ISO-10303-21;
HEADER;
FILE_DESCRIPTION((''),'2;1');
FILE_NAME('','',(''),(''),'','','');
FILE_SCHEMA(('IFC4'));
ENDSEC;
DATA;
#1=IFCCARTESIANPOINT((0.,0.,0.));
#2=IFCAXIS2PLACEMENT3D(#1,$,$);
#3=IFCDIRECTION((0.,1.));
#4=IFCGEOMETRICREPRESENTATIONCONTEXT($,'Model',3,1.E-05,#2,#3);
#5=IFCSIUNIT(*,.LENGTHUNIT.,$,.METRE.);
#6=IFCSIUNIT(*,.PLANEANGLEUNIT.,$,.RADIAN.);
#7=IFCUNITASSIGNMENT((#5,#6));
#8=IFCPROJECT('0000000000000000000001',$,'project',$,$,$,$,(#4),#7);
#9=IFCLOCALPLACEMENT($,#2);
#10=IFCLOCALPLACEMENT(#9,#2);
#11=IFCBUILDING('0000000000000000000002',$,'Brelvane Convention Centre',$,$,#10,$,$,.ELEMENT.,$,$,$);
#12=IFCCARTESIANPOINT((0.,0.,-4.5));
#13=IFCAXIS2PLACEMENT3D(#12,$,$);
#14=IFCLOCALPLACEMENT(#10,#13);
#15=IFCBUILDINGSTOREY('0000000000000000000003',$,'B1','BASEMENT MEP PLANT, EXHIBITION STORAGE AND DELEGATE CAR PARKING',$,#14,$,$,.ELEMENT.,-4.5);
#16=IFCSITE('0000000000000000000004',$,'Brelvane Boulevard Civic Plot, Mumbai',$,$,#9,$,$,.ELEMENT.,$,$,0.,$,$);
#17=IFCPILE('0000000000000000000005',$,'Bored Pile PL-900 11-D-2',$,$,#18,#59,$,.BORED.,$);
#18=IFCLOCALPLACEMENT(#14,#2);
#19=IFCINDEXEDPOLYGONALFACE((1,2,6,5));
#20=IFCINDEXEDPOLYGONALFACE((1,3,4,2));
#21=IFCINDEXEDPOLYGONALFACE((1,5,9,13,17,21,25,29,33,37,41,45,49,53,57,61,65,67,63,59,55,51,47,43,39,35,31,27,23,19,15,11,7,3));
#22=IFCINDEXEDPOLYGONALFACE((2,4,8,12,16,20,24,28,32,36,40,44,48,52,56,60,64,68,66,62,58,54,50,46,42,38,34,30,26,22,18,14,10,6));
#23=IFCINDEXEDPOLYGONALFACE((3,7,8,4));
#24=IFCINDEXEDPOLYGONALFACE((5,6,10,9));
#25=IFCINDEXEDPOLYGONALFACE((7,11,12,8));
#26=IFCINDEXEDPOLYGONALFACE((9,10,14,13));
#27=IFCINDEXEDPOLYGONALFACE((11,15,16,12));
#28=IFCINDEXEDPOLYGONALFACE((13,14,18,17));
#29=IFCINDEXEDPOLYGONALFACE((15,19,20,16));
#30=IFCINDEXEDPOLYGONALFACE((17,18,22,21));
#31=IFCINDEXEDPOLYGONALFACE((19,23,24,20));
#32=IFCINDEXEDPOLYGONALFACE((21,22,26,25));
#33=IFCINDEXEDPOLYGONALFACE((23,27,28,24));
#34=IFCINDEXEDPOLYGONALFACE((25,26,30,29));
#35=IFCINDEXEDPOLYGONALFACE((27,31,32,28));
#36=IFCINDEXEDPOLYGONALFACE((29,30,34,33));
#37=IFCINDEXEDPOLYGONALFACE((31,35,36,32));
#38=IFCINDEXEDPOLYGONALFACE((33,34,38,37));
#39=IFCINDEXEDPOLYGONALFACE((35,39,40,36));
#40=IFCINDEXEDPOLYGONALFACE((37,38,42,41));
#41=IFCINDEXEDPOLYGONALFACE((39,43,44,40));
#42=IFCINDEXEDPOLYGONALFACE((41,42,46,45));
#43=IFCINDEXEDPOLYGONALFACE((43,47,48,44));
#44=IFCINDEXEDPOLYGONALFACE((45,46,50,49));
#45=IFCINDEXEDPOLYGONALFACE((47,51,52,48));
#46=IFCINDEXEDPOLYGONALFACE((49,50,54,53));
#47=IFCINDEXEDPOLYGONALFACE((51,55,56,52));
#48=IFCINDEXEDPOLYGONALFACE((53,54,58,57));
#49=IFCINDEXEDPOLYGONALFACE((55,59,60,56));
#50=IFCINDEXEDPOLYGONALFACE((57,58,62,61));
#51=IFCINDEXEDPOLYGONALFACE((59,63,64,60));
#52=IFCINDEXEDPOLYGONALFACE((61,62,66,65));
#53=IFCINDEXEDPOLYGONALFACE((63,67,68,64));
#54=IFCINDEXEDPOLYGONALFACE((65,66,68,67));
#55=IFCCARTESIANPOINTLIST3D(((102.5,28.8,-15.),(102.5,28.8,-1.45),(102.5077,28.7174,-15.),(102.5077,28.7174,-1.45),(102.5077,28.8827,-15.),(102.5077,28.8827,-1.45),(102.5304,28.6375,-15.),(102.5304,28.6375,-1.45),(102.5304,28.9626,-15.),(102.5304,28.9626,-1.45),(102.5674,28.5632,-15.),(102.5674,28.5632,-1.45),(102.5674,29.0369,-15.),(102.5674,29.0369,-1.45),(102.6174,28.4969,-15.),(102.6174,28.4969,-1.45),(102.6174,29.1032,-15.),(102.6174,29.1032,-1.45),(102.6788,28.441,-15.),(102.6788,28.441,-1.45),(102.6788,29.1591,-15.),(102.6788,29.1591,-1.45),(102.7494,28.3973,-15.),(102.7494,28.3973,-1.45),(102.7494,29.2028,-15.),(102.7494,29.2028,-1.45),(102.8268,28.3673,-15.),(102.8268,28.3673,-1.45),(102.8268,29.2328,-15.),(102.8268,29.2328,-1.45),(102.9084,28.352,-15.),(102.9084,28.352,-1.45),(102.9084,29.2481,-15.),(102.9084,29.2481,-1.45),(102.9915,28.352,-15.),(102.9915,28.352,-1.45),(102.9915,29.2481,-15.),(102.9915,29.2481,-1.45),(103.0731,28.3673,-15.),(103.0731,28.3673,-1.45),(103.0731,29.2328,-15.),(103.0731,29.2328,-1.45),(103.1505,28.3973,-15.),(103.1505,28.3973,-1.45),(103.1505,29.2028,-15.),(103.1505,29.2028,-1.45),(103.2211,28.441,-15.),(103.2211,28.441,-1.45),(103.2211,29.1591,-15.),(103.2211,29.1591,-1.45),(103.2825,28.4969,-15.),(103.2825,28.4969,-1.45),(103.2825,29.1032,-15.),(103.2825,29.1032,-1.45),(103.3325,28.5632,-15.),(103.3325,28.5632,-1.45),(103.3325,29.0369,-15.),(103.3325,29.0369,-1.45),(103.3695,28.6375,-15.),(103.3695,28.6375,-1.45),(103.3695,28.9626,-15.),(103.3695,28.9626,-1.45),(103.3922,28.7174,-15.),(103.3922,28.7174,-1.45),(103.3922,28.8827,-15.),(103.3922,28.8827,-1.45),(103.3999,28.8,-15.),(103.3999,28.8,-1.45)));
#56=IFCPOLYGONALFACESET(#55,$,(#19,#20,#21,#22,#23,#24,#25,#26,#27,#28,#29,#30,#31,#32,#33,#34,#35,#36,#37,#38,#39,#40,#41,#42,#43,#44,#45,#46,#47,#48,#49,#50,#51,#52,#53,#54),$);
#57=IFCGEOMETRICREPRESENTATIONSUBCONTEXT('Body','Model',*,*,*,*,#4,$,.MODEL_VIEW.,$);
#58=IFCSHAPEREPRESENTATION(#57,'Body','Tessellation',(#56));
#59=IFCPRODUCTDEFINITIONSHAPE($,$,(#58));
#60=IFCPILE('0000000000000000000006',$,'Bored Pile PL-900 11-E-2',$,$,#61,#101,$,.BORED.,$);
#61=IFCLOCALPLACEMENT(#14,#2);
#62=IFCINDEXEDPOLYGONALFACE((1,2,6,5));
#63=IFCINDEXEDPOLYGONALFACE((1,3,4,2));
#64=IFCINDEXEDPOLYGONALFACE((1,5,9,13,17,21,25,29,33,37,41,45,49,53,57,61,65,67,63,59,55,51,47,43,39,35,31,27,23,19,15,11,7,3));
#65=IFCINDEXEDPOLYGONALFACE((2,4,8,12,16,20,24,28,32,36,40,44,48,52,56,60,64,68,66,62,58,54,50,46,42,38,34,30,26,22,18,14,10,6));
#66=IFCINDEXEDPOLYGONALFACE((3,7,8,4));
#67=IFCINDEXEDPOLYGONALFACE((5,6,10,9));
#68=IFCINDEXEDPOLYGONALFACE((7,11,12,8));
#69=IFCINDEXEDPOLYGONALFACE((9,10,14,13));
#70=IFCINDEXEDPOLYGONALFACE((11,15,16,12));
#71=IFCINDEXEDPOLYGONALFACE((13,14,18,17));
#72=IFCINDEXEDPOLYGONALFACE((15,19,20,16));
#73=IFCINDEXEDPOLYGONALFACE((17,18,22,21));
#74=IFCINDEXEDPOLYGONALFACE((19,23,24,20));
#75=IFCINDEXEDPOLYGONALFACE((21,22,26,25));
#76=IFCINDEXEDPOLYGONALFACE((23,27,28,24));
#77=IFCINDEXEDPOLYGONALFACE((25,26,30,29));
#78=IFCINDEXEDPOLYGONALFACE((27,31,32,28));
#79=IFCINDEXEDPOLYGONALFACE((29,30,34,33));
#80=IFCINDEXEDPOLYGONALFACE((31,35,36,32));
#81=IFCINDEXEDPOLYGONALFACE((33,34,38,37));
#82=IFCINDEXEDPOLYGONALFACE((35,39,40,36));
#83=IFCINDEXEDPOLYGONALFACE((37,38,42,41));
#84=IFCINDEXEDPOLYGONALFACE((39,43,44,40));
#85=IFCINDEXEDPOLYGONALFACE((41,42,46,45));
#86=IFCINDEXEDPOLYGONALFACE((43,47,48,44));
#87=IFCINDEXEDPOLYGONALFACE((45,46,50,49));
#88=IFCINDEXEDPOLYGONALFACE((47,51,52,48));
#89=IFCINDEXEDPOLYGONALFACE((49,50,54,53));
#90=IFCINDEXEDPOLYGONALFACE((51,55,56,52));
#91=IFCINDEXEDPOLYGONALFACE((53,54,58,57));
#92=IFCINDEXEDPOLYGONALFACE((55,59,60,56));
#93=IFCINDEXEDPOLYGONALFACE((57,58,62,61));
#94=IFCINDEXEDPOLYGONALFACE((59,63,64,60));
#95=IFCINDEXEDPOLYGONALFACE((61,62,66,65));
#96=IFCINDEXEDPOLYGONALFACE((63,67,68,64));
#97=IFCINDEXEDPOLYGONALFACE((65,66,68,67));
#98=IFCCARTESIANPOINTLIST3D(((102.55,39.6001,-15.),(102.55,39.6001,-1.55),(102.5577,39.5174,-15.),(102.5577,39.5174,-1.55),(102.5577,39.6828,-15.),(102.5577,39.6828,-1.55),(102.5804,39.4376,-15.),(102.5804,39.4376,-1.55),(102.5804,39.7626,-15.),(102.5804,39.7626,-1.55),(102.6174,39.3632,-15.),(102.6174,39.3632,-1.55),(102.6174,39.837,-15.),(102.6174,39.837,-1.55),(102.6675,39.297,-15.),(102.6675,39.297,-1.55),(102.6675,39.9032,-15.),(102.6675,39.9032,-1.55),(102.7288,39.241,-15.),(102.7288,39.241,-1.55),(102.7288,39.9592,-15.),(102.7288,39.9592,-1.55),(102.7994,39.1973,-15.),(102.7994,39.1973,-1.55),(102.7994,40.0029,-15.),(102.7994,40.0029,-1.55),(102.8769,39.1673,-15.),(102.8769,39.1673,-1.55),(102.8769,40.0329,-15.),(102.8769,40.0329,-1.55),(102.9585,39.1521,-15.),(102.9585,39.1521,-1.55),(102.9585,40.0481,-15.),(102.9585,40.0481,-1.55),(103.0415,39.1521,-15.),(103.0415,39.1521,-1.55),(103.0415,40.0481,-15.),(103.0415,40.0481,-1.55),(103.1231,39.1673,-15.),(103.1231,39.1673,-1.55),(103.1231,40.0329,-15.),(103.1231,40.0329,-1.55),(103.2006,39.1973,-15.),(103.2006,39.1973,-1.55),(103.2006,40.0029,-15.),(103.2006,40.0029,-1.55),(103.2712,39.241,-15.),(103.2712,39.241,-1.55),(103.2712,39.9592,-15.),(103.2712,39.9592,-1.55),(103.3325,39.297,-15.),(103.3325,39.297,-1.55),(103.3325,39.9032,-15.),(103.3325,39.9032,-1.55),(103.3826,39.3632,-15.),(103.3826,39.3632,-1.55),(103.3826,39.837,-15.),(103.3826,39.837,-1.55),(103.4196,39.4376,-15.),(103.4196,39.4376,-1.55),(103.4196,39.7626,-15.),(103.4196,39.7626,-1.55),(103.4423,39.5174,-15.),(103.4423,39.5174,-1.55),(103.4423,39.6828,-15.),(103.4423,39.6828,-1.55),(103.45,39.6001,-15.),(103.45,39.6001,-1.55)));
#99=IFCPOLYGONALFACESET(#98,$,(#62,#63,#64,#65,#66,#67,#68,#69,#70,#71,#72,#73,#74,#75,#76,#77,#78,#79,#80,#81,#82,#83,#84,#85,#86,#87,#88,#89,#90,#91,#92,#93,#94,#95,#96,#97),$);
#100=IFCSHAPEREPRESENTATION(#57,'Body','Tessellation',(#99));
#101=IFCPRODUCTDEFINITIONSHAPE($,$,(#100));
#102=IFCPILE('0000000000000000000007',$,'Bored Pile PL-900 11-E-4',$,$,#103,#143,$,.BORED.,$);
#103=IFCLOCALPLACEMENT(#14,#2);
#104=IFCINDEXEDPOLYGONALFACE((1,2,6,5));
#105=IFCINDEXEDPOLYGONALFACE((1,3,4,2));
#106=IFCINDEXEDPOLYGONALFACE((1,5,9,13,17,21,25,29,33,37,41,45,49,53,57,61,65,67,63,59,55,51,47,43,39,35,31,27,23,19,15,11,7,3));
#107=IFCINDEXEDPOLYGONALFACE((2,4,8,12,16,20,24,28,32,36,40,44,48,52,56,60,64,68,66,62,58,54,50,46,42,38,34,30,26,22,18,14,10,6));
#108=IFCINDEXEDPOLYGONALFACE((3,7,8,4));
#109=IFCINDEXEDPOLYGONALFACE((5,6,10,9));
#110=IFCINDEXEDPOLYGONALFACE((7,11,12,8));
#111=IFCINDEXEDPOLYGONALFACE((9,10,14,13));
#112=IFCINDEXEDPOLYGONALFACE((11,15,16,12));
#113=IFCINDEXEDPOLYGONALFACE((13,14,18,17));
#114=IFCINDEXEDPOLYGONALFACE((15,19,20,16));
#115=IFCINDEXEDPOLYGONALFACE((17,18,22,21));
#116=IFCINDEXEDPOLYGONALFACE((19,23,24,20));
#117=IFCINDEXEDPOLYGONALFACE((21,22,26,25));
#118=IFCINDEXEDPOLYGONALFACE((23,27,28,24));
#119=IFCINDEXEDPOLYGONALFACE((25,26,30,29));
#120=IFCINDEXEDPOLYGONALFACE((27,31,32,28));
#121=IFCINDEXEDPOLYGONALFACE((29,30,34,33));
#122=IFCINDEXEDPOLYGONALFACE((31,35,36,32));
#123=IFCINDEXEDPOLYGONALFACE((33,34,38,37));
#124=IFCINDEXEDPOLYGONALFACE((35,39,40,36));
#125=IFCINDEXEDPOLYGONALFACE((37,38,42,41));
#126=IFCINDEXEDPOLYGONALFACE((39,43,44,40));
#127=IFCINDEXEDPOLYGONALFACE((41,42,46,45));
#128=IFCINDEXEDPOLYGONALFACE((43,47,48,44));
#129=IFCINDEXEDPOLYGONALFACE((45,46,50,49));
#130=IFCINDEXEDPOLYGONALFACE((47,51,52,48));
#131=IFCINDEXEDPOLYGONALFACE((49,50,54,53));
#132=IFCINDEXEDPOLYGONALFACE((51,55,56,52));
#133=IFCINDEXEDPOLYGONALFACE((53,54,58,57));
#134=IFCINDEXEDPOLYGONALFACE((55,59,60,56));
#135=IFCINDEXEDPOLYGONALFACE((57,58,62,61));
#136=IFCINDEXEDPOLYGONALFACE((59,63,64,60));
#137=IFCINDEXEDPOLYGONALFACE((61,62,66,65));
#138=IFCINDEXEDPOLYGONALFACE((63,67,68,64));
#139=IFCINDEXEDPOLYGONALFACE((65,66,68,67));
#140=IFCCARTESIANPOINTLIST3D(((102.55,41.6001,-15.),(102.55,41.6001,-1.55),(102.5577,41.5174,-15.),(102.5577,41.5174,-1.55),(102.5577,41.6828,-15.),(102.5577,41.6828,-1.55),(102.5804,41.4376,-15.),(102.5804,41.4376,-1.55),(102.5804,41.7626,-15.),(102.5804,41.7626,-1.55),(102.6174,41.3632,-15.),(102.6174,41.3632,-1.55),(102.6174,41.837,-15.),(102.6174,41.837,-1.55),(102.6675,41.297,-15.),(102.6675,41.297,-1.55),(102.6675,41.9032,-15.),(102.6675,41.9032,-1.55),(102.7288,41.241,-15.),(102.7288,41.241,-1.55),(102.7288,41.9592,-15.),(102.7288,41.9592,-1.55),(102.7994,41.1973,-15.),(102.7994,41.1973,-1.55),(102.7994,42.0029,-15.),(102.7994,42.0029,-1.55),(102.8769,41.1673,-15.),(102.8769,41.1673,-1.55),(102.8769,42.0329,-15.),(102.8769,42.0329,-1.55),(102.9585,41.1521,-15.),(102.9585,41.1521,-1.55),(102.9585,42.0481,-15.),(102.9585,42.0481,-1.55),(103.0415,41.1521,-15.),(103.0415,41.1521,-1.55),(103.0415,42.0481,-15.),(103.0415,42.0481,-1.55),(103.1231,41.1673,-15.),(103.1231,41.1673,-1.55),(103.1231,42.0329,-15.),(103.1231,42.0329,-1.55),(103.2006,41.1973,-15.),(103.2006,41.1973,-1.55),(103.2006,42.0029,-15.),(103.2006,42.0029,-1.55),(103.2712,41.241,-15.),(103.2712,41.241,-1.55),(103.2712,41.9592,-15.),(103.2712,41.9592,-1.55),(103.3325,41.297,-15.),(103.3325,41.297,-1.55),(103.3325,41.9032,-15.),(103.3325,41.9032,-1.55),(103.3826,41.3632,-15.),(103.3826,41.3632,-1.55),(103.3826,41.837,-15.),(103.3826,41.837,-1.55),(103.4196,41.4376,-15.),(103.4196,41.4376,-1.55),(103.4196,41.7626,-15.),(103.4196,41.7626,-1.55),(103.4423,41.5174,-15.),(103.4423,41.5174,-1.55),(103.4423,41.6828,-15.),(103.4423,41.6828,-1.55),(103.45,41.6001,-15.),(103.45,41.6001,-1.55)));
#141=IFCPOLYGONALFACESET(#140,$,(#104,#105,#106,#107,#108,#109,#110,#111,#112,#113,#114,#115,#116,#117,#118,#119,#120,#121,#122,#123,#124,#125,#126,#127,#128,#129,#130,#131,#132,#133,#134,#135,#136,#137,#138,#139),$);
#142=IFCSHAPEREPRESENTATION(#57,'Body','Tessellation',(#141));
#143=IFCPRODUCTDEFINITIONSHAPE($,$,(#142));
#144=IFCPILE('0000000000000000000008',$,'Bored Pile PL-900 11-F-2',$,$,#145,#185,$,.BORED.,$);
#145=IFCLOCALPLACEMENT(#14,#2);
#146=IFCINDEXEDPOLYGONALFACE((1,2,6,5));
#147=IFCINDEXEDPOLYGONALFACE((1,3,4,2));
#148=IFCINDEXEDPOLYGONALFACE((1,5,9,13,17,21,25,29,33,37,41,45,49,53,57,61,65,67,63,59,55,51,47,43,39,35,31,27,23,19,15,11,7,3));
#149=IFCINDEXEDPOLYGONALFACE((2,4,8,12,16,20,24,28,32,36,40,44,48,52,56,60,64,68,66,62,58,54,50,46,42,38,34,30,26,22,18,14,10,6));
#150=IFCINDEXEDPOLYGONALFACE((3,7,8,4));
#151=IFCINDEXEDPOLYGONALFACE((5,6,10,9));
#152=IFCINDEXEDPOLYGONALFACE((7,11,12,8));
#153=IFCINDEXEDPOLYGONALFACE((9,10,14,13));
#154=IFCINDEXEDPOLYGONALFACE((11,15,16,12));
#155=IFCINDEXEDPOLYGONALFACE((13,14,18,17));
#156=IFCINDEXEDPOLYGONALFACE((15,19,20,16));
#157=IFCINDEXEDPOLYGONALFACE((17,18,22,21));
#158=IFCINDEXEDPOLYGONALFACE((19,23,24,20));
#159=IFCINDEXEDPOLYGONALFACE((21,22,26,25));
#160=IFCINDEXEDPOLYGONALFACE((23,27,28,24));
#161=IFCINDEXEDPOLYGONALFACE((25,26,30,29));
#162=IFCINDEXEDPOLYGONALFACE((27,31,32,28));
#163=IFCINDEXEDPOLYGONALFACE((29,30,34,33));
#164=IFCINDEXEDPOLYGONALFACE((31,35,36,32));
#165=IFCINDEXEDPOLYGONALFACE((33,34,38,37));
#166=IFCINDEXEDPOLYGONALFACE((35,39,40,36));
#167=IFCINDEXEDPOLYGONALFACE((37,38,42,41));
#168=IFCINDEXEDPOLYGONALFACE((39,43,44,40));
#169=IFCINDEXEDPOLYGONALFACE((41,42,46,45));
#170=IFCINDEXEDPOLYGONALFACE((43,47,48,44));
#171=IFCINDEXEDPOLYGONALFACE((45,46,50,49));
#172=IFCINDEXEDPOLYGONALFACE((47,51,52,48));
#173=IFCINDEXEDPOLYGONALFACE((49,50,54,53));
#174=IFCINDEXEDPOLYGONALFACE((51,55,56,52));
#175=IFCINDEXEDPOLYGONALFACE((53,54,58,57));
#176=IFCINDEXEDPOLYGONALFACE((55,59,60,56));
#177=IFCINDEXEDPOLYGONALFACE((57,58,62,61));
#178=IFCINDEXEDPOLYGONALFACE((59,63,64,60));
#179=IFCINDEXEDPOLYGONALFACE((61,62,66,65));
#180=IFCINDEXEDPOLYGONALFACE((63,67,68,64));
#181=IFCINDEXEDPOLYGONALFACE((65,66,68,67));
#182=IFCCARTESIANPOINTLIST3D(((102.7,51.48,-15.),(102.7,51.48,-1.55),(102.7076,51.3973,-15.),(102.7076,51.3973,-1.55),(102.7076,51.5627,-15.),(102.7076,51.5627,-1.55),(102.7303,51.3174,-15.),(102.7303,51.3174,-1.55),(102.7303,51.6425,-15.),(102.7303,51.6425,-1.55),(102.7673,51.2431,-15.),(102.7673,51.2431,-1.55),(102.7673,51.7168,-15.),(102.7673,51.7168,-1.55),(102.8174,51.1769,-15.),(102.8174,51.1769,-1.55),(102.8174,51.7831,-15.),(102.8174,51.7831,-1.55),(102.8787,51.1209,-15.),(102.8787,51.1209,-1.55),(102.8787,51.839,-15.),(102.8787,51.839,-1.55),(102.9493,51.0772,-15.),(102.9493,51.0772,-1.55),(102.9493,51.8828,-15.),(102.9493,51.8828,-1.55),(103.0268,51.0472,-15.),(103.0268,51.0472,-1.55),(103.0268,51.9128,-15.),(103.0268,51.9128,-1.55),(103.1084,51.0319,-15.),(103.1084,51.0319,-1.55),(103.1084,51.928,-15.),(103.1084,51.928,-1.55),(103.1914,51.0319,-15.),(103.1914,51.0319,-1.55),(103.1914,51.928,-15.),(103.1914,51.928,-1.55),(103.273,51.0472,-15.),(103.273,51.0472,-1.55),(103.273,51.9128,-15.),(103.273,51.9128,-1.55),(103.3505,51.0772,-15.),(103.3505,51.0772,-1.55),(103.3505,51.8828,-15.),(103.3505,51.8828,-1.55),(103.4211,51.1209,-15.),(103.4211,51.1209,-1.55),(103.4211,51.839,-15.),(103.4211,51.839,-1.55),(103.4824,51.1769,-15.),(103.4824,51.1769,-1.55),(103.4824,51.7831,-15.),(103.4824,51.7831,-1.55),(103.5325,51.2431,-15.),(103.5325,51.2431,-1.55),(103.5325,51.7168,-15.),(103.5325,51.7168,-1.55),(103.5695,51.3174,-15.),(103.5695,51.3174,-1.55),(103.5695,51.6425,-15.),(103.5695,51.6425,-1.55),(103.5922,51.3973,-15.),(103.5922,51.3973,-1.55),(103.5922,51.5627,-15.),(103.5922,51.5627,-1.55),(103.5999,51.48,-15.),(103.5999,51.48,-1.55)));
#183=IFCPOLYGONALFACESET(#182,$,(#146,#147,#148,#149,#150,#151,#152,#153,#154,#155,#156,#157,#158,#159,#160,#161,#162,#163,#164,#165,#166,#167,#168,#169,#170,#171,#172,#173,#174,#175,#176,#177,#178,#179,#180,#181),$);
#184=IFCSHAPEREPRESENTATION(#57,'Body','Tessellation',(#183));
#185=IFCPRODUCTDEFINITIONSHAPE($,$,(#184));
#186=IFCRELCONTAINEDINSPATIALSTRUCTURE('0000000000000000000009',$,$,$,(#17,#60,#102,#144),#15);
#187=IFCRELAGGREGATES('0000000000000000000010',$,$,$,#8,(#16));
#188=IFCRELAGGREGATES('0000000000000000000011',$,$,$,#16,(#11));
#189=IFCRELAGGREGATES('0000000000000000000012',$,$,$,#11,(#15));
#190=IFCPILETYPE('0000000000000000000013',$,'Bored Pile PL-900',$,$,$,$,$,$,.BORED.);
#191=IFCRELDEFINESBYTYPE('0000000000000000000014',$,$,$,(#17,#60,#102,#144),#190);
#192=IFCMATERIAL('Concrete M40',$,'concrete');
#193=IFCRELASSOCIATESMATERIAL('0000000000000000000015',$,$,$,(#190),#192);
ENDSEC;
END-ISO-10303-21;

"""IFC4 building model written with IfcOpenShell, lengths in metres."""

from ifc_helpers import new_model, si_unit, direction, frame, origin, origin_2d, place, context, subcontext, project, spatial, circle, extrude, material, material_profile, profile_set, type_object, element, save


model = new_model("IFC4")

# Units and contexts
model_context = context("Model", 3, precision=1e-05, world=origin(), true_north=direction((0.0, 1.0)))
body_context = subcontext(model_context, "Body", "Model", "MODEL_VIEW")
ifc_project = project(units=[si_unit("LENGTHUNIT", "METRE"), si_unit("PLANEANGLEUNIT", "RADIAN")], contexts=[model_context])

# Site, building, storey
site_placement = place(None, origin())
site = spatial("IfcSite", under=ifc_project, at=site_placement, Name="Brelvane Boulevard Civic Plot, Mumbai", CompositionType="ELEMENT", RefElevation=0.0)
building_placement = place(site_placement, origin())
building = spatial("IfcBuilding", under=site, at=building_placement, Name="Brelvane Convention Centre", CompositionType="ELEMENT")
storey_placement = place(building_placement, frame((0.0, 0.0, -4.5)))
storey = spatial("IfcBuildingStorey", under=building, at=storey_placement, Name="B1", Description="BASEMENT MEP PLANT, EXHIBITION STORAGE AND DELEGATE CAR PARKING", CompositionType="ELEMENT", Elevation=-4.5)

# Piles
ifc_material_1 = material(Name="Concrete M40", Category="concrete")
ifc_material_profile_1 = material_profile(ifc_material_1, circle(Radius=0.45, at=origin_2d()), Name="PILE D900")
ifc_profile_set_1 = profile_set([ifc_material_profile_1], Name="Concrete M40")
pile_type = type_object("IfcPileType", Name="Bored Pile PL-900", PredefinedType="BORED", material=ifc_profile_set_1)
pile_placement = place(storey_placement, frame((102.95, 28.8, -1.45), z_axis=(0.0, 0.0, -1.0), x_axis=(1.0, 0.0, 0.0)))
element("IfcPile", 1, at=pile_placement, inside=storey, type_object=pile_type, Name="Bored Pile PL-900 11-D-2", PredefinedType="BORED", context=body_context, shape_type="SweptSolid", body=[
    extrude(circle(Radius=0.45, at=origin_2d()), origin(), (0.0, 0.0, 1.0), 13.55),
])
for number, where, z_axis, x_axis, name in (
    (2, (103.0, 39.6001, -1.55), (0.0, 0.0, -1.0), (1.0, 0.0, 0.0), "Bored Pile PL-900 11-E-2"),
    (3, (103.0, 41.6001, -1.55), (0.0, 0.0, -1.0), (1.0, 0.0, 0.0), "Bored Pile PL-900 11-E-4"),
    (4, (103.1499, 51.48, -1.55), (0.0, 0.0, -1.0), (1.0, 0.0, 0.0), "Bored Pile PL-900 11-F-2"),
):
    element("IfcPile", number, at=place(storey_placement, frame(where, z_axis=z_axis, x_axis=x_axis)), inside=storey, type_object=pile_type, Name=name, PredefinedType="BORED", context=body_context, shape_type="SweptSolid", body=[
        extrude(circle(Radius=0.45, at=origin_2d()), origin(), (0.0, 0.0, 1.0), 13.45),
    ])

save(model, "model.ifc")
